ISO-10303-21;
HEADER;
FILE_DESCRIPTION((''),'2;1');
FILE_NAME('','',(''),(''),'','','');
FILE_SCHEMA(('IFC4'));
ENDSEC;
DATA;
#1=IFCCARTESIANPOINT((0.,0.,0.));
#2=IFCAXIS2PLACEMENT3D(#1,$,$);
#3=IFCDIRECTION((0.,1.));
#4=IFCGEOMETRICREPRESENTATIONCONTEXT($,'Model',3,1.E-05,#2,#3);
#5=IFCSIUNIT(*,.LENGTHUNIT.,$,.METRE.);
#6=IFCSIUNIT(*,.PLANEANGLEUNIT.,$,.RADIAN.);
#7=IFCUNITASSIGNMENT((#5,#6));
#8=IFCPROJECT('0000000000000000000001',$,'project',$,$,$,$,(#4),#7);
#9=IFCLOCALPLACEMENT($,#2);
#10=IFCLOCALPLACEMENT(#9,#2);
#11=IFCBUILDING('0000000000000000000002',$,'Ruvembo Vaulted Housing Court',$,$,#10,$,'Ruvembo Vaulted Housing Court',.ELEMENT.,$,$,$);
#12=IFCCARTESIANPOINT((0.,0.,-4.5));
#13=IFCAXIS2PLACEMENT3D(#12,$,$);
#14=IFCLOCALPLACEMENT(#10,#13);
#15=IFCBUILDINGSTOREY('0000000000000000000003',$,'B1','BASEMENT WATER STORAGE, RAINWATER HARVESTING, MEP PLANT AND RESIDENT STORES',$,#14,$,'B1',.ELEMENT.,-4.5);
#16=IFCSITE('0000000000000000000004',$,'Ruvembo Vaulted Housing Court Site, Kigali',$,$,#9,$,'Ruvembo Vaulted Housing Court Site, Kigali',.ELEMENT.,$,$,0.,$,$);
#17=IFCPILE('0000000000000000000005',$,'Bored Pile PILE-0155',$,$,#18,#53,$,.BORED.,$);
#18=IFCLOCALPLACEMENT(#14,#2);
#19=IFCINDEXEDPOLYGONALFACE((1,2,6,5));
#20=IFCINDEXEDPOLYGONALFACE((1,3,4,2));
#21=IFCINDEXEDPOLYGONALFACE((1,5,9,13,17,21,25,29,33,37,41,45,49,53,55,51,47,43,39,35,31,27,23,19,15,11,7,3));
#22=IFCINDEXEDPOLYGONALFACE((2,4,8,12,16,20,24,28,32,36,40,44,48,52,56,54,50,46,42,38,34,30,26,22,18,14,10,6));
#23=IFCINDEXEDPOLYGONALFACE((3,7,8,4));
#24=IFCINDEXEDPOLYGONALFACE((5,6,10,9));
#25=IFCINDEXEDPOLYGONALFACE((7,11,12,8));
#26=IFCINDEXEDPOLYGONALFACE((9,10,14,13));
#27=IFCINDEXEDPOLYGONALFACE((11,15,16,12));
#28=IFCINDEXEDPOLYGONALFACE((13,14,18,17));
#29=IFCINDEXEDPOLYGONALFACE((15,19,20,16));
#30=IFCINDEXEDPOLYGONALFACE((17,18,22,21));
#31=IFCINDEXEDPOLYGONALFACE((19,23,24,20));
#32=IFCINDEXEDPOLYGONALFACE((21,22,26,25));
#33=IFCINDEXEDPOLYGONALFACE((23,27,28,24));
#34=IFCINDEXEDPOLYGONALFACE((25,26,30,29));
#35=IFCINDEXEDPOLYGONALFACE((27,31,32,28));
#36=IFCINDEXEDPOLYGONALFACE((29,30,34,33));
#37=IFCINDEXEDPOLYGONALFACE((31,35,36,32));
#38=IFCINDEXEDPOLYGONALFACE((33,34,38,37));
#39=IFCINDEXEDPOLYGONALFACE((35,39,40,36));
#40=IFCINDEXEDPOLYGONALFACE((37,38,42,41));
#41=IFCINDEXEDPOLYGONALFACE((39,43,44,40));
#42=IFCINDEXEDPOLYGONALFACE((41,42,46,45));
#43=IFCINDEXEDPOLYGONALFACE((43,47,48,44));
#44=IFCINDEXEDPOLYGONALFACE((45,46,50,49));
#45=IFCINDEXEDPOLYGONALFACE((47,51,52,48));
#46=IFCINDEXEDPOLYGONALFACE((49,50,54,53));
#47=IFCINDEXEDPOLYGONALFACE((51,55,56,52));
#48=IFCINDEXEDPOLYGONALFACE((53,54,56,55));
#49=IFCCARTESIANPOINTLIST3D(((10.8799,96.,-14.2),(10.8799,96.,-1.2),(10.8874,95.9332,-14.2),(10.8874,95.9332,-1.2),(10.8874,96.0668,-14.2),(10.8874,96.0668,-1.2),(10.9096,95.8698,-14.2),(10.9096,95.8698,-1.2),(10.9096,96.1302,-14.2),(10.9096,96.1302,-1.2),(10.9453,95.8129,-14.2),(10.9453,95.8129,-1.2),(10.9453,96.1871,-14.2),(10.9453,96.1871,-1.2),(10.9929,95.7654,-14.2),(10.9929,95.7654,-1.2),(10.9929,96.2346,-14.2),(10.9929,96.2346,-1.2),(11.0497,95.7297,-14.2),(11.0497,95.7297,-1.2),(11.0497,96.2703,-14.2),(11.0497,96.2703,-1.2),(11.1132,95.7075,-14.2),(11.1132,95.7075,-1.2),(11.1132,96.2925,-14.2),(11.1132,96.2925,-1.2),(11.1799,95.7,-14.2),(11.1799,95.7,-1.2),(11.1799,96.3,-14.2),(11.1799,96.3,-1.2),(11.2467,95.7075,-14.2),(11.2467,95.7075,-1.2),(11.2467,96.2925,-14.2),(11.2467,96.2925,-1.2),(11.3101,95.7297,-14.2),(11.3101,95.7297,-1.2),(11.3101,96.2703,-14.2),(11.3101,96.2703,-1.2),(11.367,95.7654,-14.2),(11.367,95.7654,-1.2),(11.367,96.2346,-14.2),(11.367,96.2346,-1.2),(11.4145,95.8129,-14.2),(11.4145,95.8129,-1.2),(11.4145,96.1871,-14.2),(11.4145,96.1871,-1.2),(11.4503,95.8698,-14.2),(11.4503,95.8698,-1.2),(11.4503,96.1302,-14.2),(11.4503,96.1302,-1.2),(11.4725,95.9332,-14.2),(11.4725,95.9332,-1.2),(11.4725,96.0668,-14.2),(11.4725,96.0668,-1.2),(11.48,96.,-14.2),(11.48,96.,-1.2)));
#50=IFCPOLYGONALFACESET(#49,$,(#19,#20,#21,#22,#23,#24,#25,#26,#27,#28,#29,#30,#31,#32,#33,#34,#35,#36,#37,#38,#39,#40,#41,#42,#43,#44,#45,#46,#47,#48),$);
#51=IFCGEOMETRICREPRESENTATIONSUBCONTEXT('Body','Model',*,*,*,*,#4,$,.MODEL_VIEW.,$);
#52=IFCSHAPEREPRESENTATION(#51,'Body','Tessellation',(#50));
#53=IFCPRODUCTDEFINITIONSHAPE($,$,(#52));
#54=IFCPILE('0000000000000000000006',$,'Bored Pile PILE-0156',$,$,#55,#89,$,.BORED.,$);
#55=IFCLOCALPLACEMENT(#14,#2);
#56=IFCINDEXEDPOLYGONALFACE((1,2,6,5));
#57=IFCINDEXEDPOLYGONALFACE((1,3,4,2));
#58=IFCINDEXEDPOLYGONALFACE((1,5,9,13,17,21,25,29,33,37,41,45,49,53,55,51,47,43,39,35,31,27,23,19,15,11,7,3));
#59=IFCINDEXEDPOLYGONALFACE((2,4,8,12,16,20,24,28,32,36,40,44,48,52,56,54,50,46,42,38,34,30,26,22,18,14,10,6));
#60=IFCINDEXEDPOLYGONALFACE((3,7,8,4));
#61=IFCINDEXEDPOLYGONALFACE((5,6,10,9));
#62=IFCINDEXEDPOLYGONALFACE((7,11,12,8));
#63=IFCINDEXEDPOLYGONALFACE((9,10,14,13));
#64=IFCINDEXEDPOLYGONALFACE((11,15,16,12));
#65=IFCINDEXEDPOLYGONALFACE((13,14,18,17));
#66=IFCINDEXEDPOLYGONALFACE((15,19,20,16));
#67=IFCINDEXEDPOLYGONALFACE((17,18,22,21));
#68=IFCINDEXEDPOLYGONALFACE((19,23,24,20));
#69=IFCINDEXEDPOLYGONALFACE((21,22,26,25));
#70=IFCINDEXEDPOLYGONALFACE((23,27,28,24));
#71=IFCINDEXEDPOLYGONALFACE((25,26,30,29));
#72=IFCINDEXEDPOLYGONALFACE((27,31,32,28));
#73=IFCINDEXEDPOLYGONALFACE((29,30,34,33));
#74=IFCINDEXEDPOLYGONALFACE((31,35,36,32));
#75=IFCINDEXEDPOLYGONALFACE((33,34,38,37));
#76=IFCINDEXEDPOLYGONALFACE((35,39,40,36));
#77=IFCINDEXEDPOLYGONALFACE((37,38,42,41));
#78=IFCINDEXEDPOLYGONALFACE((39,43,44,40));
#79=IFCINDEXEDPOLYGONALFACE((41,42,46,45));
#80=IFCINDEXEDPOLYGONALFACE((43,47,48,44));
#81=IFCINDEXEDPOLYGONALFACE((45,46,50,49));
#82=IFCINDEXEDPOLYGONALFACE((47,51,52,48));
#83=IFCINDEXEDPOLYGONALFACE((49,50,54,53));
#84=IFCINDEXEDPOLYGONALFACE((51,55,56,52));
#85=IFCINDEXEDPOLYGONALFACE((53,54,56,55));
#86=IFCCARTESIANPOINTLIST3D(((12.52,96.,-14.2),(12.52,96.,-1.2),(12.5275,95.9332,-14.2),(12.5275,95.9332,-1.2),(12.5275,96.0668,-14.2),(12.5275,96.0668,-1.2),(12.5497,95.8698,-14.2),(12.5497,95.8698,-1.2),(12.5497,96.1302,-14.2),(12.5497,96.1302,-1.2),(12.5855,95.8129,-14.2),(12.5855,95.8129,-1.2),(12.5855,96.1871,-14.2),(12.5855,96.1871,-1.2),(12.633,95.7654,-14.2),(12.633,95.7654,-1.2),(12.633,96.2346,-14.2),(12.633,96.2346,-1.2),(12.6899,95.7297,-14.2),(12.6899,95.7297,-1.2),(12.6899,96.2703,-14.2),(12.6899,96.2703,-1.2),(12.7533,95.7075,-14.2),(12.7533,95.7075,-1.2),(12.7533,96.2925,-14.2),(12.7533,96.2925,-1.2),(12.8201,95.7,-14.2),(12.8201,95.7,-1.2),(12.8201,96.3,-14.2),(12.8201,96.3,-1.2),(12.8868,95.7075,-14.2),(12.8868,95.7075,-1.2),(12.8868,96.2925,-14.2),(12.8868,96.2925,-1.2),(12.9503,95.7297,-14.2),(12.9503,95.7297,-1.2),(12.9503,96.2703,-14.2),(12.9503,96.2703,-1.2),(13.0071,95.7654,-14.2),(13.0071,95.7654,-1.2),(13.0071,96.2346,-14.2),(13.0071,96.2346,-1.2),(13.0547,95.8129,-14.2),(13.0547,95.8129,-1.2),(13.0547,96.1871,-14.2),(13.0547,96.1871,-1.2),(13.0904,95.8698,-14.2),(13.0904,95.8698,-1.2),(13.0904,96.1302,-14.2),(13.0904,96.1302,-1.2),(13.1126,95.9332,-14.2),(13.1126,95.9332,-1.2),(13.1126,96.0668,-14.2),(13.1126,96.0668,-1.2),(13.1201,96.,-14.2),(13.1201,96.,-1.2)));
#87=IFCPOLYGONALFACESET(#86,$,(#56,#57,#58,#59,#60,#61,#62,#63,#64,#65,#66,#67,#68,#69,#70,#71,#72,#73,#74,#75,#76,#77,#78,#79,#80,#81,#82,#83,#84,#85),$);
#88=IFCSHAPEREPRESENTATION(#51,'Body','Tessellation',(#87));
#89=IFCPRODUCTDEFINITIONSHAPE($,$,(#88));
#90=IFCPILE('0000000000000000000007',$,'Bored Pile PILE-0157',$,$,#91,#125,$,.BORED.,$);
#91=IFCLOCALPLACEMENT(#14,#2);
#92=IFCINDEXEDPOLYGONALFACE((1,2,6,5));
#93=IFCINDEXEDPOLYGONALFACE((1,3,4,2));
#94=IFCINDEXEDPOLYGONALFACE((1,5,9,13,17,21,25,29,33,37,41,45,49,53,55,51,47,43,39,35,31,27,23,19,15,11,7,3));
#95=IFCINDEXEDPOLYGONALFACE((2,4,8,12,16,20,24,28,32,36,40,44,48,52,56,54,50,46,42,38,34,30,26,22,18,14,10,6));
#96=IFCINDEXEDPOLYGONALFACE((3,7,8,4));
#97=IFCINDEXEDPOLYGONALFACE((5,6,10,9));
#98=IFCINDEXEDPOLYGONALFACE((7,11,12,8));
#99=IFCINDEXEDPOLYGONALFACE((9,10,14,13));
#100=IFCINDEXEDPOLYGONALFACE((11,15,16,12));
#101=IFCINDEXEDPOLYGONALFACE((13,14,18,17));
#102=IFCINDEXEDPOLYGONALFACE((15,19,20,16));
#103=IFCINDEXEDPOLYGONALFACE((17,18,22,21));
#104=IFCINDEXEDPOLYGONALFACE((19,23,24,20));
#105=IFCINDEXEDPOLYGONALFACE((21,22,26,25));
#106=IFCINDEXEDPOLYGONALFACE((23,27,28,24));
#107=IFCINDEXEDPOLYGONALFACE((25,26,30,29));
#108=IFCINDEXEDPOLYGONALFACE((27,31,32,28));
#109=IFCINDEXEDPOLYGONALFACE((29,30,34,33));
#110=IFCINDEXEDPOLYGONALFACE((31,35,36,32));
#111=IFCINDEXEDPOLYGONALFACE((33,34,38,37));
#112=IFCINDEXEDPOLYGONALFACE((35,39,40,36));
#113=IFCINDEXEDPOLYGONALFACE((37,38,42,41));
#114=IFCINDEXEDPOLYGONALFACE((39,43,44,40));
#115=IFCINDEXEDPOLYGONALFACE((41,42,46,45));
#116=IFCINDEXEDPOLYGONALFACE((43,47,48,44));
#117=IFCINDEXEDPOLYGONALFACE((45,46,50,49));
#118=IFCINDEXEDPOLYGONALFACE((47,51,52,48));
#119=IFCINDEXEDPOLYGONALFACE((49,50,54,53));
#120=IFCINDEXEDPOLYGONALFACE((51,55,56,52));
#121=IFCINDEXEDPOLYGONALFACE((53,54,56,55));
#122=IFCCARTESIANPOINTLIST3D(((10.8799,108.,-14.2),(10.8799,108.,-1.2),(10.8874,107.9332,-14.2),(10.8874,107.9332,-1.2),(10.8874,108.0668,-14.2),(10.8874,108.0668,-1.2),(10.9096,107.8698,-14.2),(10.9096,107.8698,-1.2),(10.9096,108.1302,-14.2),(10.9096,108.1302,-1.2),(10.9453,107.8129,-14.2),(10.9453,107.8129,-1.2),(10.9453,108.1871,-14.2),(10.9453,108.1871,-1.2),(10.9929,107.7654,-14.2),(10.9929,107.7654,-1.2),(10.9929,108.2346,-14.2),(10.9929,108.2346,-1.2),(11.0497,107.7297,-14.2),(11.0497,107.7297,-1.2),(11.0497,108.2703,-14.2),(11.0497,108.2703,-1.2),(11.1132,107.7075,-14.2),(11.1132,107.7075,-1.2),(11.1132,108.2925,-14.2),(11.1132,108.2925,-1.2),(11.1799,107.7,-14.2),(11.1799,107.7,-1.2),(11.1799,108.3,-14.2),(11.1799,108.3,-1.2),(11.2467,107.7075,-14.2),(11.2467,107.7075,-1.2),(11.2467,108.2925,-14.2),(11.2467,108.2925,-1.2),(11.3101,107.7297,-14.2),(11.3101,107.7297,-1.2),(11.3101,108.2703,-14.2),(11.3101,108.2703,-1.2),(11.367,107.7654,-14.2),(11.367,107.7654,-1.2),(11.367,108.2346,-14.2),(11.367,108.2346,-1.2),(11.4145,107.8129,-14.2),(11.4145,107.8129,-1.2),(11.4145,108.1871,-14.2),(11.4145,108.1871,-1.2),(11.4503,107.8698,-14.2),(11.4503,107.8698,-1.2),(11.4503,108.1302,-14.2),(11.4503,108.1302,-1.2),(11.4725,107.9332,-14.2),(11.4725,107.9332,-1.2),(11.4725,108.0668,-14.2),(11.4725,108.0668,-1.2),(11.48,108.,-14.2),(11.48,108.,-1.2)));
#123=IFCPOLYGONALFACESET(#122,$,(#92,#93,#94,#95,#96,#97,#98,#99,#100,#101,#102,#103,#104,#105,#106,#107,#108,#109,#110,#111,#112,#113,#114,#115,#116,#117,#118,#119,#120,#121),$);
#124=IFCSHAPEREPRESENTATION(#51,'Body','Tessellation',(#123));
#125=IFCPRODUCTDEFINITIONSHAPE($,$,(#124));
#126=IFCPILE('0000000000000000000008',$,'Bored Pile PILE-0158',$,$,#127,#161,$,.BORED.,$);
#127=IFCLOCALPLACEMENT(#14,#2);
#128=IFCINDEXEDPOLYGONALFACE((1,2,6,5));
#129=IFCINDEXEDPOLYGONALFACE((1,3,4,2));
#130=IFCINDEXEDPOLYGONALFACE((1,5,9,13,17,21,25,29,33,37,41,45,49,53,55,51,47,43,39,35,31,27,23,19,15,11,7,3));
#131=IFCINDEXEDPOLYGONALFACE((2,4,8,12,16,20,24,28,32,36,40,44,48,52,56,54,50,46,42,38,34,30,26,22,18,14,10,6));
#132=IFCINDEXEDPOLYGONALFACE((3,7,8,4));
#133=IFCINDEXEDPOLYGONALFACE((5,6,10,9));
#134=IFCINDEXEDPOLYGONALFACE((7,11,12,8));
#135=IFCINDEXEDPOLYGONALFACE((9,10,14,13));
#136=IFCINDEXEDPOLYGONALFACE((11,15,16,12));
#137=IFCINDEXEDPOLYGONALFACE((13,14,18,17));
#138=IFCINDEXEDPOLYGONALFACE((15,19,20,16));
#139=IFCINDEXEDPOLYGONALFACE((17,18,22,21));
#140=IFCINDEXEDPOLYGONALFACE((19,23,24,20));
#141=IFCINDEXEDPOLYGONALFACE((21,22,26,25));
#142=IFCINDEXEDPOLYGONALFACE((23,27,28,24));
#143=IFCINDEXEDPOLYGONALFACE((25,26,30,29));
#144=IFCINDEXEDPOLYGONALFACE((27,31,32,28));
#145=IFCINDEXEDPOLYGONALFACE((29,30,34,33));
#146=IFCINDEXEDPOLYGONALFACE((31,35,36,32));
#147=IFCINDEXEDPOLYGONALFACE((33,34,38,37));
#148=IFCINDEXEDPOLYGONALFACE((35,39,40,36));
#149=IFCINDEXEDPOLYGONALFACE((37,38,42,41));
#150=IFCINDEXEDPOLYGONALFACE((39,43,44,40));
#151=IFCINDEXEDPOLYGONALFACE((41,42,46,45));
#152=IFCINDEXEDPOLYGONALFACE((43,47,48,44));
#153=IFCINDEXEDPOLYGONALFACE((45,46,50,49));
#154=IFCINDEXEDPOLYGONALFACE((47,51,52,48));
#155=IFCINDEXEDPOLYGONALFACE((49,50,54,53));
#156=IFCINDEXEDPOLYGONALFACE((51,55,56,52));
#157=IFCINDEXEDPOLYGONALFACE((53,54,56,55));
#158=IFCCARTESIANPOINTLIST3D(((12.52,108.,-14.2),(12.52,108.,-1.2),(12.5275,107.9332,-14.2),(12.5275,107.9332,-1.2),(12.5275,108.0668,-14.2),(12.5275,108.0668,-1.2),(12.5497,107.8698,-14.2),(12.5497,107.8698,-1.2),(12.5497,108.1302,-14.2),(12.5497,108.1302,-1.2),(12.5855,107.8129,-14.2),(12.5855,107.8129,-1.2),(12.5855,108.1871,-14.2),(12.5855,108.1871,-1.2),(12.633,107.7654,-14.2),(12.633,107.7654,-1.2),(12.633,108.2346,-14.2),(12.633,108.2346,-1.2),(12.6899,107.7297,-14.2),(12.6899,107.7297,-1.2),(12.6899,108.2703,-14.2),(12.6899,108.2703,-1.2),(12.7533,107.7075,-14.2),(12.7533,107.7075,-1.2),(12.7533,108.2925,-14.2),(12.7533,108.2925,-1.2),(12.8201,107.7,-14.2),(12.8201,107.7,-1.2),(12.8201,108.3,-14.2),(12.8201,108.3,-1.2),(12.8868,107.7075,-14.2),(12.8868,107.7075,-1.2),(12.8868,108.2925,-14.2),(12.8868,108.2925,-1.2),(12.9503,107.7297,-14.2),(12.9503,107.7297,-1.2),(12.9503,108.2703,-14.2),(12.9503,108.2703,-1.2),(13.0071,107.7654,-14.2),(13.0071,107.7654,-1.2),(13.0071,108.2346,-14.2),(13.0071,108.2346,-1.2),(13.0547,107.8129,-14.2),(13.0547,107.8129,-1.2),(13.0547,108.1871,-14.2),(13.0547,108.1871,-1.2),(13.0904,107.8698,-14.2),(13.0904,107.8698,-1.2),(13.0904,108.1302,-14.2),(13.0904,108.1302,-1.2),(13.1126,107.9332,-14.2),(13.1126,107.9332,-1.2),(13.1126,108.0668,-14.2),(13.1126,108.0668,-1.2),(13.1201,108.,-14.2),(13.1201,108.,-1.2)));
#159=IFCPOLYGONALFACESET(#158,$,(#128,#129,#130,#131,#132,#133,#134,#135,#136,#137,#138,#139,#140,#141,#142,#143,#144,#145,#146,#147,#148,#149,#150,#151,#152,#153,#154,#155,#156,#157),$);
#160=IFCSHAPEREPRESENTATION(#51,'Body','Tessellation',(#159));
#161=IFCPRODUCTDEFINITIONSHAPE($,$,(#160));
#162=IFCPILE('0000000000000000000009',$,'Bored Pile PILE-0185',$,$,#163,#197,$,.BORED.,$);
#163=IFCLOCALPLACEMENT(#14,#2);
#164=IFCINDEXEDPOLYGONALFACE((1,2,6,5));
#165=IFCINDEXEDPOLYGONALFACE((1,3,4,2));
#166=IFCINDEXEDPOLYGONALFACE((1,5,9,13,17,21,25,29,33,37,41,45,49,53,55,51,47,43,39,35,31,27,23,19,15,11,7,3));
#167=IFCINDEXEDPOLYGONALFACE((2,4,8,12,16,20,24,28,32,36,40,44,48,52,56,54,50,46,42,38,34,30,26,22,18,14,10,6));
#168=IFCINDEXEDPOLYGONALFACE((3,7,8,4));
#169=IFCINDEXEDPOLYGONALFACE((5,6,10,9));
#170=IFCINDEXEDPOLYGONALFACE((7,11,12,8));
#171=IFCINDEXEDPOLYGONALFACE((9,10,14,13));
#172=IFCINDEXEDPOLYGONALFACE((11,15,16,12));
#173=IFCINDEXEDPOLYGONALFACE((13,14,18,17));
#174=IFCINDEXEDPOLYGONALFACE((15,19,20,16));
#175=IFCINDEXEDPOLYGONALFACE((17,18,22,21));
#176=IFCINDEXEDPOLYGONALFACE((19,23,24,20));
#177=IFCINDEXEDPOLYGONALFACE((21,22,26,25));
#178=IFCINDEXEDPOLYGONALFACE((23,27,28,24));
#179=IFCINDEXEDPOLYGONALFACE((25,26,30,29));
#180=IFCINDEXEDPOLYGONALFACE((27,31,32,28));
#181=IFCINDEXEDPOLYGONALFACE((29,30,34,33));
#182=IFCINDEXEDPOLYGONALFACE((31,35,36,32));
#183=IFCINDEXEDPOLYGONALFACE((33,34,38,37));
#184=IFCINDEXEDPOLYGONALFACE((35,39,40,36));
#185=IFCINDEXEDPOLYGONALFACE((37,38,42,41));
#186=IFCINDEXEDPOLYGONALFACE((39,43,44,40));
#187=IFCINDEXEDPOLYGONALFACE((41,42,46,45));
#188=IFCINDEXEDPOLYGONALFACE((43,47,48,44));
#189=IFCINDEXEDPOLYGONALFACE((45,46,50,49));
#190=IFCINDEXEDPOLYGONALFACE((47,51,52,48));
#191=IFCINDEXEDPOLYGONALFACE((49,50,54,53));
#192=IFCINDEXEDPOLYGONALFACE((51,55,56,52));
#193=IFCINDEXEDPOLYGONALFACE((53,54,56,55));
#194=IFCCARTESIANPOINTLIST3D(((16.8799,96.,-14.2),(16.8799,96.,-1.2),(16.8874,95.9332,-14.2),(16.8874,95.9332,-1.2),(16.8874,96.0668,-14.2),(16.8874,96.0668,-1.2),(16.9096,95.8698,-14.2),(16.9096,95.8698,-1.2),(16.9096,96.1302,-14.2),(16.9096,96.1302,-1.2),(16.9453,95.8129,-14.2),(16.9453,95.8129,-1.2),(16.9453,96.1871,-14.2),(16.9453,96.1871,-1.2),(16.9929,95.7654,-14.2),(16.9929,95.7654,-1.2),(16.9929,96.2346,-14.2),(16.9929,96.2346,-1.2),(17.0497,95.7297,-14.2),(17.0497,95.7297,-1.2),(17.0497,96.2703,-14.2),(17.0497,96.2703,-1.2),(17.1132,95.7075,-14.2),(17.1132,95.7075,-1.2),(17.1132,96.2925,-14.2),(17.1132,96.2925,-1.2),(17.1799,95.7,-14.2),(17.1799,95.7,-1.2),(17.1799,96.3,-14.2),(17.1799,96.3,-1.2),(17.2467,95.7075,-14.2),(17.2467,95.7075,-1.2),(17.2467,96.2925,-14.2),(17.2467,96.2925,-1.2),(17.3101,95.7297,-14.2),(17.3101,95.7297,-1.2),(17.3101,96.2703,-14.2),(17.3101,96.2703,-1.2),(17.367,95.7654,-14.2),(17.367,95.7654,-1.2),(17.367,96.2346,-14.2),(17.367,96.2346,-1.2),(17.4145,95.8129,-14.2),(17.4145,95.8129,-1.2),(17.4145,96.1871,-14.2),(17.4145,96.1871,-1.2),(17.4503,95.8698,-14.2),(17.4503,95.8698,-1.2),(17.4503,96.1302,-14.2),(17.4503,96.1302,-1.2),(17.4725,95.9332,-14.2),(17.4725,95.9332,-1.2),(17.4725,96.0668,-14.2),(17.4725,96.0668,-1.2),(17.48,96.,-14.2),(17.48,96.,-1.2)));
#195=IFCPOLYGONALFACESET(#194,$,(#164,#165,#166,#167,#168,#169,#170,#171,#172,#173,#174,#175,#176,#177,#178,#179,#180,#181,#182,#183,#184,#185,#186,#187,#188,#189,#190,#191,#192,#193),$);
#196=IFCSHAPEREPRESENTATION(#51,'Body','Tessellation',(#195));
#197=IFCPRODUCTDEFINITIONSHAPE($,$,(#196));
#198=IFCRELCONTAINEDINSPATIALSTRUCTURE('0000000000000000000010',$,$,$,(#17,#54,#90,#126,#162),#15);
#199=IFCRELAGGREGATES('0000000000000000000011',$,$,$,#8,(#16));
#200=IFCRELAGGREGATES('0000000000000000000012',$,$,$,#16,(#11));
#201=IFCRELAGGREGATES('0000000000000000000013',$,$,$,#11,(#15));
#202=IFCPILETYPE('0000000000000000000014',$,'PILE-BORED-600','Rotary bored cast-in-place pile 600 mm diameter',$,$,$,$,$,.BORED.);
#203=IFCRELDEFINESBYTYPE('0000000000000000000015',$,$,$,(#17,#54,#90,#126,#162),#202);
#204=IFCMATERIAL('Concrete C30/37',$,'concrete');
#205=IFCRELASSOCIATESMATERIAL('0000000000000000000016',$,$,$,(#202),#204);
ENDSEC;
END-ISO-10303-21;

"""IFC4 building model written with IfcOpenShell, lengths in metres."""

from ifc_helpers import new_model, si_unit, direction, frame, origin, origin_2d, place, context, subcontext, project, spatial, circle, extrude, material, material_profile, profile_set, type_object, element, save


model = new_model("IFC4")

# Units and contexts
model_context = context("Model", 3, precision=1e-05, world=origin(), true_north=direction((0.0, 1.0)))
body_context = subcontext(model_context, "Body", "Model", "MODEL_VIEW")
ifc_project = project(units=[si_unit("LENGTHUNIT", "METRE"), si_unit("PLANEANGLEUNIT", "RADIAN")], contexts=[model_context])

# Site, building, storey
site_placement = place(None, origin())
site = spatial("IfcSite", under=ifc_project, at=site_placement, Name="Ruvembo Vaulted Housing Court Site, Kigali", LongName="Ruvembo Vaulted Housing Court Site, Kigali", CompositionType="ELEMENT", RefElevation=0.0)
building_placement = place(site_placement, origin())
building = spatial("IfcBuilding", under=site, at=building_placement, Name="Ruvembo Vaulted Housing Court", LongName="Ruvembo Vaulted Housing Court", CompositionType="ELEMENT")
storey_placement = place(building_placement, frame((0.0, 0.0, -4.5)))
storey = spatial("IfcBuildingStorey", under=building, at=storey_placement, Name="B1", Description="BASEMENT WATER STORAGE, RAINWATER HARVESTING, MEP PLANT AND RESIDENT STORES", LongName="B1", CompositionType="ELEMENT", Elevation=-4.5)

# Piles
ifc_material_1 = material(Name="Concrete C30/37", Category="concrete")
ifc_material_profile_1 = material_profile(ifc_material_1, circle(Radius=0.3, at=origin_2d()), Name="PILE D600")
ifc_profile_set_1 = profile_set([ifc_material_profile_1], Name="Concrete C30/37")
pile_type = type_object("IfcPileType", Name="PILE-BORED-600", Description="Rotary bored cast-in-place pile 600 mm diameter", PredefinedType="BORED", material=ifc_profile_set_1)
for number, where, z_axis, x_axis, name in (
    (1, (11.1799, 96.0, -1.2), (0.0, 0.0, -1.0), (1.0, 0.0, 0.0), "Bored Pile PILE-0155"),
    (2, (12.8201, 96.0, -1.2), (0.0, 0.0, -1.0), (1.0, 0.0, 0.0), "Bored Pile PILE-0156"),
    (3, (11.1799, 108.0, -1.2), (0.0, 0.0, -1.0), (1.0, 0.0, 0.0), "Bored Pile PILE-0157"),
    (4, (12.8201, 108.0, -1.2), (0.0, 0.0, -1.0), (1.0, 0.0, 0.0), "Bored Pile PILE-0158"),
    (5, (17.1799, 96.0, -1.2), (0.0, 0.0, -1.0), (1.0, 0.0, 0.0), "Bored Pile PILE-0185"),
):
    element("IfcPile", number, at=place(storey_placement, frame(where, z_axis=z_axis, x_axis=x_axis)), inside=storey, type_object=pile_type, Name=name, PredefinedType="BORED", context=body_context, shape_type="SweptSolid", body=[
        extrude(circle(Radius=0.3, at=origin_2d()), origin(), (0.0, 0.0, 1.0), 13.0),
    ])

save(model, "model.ifc")
